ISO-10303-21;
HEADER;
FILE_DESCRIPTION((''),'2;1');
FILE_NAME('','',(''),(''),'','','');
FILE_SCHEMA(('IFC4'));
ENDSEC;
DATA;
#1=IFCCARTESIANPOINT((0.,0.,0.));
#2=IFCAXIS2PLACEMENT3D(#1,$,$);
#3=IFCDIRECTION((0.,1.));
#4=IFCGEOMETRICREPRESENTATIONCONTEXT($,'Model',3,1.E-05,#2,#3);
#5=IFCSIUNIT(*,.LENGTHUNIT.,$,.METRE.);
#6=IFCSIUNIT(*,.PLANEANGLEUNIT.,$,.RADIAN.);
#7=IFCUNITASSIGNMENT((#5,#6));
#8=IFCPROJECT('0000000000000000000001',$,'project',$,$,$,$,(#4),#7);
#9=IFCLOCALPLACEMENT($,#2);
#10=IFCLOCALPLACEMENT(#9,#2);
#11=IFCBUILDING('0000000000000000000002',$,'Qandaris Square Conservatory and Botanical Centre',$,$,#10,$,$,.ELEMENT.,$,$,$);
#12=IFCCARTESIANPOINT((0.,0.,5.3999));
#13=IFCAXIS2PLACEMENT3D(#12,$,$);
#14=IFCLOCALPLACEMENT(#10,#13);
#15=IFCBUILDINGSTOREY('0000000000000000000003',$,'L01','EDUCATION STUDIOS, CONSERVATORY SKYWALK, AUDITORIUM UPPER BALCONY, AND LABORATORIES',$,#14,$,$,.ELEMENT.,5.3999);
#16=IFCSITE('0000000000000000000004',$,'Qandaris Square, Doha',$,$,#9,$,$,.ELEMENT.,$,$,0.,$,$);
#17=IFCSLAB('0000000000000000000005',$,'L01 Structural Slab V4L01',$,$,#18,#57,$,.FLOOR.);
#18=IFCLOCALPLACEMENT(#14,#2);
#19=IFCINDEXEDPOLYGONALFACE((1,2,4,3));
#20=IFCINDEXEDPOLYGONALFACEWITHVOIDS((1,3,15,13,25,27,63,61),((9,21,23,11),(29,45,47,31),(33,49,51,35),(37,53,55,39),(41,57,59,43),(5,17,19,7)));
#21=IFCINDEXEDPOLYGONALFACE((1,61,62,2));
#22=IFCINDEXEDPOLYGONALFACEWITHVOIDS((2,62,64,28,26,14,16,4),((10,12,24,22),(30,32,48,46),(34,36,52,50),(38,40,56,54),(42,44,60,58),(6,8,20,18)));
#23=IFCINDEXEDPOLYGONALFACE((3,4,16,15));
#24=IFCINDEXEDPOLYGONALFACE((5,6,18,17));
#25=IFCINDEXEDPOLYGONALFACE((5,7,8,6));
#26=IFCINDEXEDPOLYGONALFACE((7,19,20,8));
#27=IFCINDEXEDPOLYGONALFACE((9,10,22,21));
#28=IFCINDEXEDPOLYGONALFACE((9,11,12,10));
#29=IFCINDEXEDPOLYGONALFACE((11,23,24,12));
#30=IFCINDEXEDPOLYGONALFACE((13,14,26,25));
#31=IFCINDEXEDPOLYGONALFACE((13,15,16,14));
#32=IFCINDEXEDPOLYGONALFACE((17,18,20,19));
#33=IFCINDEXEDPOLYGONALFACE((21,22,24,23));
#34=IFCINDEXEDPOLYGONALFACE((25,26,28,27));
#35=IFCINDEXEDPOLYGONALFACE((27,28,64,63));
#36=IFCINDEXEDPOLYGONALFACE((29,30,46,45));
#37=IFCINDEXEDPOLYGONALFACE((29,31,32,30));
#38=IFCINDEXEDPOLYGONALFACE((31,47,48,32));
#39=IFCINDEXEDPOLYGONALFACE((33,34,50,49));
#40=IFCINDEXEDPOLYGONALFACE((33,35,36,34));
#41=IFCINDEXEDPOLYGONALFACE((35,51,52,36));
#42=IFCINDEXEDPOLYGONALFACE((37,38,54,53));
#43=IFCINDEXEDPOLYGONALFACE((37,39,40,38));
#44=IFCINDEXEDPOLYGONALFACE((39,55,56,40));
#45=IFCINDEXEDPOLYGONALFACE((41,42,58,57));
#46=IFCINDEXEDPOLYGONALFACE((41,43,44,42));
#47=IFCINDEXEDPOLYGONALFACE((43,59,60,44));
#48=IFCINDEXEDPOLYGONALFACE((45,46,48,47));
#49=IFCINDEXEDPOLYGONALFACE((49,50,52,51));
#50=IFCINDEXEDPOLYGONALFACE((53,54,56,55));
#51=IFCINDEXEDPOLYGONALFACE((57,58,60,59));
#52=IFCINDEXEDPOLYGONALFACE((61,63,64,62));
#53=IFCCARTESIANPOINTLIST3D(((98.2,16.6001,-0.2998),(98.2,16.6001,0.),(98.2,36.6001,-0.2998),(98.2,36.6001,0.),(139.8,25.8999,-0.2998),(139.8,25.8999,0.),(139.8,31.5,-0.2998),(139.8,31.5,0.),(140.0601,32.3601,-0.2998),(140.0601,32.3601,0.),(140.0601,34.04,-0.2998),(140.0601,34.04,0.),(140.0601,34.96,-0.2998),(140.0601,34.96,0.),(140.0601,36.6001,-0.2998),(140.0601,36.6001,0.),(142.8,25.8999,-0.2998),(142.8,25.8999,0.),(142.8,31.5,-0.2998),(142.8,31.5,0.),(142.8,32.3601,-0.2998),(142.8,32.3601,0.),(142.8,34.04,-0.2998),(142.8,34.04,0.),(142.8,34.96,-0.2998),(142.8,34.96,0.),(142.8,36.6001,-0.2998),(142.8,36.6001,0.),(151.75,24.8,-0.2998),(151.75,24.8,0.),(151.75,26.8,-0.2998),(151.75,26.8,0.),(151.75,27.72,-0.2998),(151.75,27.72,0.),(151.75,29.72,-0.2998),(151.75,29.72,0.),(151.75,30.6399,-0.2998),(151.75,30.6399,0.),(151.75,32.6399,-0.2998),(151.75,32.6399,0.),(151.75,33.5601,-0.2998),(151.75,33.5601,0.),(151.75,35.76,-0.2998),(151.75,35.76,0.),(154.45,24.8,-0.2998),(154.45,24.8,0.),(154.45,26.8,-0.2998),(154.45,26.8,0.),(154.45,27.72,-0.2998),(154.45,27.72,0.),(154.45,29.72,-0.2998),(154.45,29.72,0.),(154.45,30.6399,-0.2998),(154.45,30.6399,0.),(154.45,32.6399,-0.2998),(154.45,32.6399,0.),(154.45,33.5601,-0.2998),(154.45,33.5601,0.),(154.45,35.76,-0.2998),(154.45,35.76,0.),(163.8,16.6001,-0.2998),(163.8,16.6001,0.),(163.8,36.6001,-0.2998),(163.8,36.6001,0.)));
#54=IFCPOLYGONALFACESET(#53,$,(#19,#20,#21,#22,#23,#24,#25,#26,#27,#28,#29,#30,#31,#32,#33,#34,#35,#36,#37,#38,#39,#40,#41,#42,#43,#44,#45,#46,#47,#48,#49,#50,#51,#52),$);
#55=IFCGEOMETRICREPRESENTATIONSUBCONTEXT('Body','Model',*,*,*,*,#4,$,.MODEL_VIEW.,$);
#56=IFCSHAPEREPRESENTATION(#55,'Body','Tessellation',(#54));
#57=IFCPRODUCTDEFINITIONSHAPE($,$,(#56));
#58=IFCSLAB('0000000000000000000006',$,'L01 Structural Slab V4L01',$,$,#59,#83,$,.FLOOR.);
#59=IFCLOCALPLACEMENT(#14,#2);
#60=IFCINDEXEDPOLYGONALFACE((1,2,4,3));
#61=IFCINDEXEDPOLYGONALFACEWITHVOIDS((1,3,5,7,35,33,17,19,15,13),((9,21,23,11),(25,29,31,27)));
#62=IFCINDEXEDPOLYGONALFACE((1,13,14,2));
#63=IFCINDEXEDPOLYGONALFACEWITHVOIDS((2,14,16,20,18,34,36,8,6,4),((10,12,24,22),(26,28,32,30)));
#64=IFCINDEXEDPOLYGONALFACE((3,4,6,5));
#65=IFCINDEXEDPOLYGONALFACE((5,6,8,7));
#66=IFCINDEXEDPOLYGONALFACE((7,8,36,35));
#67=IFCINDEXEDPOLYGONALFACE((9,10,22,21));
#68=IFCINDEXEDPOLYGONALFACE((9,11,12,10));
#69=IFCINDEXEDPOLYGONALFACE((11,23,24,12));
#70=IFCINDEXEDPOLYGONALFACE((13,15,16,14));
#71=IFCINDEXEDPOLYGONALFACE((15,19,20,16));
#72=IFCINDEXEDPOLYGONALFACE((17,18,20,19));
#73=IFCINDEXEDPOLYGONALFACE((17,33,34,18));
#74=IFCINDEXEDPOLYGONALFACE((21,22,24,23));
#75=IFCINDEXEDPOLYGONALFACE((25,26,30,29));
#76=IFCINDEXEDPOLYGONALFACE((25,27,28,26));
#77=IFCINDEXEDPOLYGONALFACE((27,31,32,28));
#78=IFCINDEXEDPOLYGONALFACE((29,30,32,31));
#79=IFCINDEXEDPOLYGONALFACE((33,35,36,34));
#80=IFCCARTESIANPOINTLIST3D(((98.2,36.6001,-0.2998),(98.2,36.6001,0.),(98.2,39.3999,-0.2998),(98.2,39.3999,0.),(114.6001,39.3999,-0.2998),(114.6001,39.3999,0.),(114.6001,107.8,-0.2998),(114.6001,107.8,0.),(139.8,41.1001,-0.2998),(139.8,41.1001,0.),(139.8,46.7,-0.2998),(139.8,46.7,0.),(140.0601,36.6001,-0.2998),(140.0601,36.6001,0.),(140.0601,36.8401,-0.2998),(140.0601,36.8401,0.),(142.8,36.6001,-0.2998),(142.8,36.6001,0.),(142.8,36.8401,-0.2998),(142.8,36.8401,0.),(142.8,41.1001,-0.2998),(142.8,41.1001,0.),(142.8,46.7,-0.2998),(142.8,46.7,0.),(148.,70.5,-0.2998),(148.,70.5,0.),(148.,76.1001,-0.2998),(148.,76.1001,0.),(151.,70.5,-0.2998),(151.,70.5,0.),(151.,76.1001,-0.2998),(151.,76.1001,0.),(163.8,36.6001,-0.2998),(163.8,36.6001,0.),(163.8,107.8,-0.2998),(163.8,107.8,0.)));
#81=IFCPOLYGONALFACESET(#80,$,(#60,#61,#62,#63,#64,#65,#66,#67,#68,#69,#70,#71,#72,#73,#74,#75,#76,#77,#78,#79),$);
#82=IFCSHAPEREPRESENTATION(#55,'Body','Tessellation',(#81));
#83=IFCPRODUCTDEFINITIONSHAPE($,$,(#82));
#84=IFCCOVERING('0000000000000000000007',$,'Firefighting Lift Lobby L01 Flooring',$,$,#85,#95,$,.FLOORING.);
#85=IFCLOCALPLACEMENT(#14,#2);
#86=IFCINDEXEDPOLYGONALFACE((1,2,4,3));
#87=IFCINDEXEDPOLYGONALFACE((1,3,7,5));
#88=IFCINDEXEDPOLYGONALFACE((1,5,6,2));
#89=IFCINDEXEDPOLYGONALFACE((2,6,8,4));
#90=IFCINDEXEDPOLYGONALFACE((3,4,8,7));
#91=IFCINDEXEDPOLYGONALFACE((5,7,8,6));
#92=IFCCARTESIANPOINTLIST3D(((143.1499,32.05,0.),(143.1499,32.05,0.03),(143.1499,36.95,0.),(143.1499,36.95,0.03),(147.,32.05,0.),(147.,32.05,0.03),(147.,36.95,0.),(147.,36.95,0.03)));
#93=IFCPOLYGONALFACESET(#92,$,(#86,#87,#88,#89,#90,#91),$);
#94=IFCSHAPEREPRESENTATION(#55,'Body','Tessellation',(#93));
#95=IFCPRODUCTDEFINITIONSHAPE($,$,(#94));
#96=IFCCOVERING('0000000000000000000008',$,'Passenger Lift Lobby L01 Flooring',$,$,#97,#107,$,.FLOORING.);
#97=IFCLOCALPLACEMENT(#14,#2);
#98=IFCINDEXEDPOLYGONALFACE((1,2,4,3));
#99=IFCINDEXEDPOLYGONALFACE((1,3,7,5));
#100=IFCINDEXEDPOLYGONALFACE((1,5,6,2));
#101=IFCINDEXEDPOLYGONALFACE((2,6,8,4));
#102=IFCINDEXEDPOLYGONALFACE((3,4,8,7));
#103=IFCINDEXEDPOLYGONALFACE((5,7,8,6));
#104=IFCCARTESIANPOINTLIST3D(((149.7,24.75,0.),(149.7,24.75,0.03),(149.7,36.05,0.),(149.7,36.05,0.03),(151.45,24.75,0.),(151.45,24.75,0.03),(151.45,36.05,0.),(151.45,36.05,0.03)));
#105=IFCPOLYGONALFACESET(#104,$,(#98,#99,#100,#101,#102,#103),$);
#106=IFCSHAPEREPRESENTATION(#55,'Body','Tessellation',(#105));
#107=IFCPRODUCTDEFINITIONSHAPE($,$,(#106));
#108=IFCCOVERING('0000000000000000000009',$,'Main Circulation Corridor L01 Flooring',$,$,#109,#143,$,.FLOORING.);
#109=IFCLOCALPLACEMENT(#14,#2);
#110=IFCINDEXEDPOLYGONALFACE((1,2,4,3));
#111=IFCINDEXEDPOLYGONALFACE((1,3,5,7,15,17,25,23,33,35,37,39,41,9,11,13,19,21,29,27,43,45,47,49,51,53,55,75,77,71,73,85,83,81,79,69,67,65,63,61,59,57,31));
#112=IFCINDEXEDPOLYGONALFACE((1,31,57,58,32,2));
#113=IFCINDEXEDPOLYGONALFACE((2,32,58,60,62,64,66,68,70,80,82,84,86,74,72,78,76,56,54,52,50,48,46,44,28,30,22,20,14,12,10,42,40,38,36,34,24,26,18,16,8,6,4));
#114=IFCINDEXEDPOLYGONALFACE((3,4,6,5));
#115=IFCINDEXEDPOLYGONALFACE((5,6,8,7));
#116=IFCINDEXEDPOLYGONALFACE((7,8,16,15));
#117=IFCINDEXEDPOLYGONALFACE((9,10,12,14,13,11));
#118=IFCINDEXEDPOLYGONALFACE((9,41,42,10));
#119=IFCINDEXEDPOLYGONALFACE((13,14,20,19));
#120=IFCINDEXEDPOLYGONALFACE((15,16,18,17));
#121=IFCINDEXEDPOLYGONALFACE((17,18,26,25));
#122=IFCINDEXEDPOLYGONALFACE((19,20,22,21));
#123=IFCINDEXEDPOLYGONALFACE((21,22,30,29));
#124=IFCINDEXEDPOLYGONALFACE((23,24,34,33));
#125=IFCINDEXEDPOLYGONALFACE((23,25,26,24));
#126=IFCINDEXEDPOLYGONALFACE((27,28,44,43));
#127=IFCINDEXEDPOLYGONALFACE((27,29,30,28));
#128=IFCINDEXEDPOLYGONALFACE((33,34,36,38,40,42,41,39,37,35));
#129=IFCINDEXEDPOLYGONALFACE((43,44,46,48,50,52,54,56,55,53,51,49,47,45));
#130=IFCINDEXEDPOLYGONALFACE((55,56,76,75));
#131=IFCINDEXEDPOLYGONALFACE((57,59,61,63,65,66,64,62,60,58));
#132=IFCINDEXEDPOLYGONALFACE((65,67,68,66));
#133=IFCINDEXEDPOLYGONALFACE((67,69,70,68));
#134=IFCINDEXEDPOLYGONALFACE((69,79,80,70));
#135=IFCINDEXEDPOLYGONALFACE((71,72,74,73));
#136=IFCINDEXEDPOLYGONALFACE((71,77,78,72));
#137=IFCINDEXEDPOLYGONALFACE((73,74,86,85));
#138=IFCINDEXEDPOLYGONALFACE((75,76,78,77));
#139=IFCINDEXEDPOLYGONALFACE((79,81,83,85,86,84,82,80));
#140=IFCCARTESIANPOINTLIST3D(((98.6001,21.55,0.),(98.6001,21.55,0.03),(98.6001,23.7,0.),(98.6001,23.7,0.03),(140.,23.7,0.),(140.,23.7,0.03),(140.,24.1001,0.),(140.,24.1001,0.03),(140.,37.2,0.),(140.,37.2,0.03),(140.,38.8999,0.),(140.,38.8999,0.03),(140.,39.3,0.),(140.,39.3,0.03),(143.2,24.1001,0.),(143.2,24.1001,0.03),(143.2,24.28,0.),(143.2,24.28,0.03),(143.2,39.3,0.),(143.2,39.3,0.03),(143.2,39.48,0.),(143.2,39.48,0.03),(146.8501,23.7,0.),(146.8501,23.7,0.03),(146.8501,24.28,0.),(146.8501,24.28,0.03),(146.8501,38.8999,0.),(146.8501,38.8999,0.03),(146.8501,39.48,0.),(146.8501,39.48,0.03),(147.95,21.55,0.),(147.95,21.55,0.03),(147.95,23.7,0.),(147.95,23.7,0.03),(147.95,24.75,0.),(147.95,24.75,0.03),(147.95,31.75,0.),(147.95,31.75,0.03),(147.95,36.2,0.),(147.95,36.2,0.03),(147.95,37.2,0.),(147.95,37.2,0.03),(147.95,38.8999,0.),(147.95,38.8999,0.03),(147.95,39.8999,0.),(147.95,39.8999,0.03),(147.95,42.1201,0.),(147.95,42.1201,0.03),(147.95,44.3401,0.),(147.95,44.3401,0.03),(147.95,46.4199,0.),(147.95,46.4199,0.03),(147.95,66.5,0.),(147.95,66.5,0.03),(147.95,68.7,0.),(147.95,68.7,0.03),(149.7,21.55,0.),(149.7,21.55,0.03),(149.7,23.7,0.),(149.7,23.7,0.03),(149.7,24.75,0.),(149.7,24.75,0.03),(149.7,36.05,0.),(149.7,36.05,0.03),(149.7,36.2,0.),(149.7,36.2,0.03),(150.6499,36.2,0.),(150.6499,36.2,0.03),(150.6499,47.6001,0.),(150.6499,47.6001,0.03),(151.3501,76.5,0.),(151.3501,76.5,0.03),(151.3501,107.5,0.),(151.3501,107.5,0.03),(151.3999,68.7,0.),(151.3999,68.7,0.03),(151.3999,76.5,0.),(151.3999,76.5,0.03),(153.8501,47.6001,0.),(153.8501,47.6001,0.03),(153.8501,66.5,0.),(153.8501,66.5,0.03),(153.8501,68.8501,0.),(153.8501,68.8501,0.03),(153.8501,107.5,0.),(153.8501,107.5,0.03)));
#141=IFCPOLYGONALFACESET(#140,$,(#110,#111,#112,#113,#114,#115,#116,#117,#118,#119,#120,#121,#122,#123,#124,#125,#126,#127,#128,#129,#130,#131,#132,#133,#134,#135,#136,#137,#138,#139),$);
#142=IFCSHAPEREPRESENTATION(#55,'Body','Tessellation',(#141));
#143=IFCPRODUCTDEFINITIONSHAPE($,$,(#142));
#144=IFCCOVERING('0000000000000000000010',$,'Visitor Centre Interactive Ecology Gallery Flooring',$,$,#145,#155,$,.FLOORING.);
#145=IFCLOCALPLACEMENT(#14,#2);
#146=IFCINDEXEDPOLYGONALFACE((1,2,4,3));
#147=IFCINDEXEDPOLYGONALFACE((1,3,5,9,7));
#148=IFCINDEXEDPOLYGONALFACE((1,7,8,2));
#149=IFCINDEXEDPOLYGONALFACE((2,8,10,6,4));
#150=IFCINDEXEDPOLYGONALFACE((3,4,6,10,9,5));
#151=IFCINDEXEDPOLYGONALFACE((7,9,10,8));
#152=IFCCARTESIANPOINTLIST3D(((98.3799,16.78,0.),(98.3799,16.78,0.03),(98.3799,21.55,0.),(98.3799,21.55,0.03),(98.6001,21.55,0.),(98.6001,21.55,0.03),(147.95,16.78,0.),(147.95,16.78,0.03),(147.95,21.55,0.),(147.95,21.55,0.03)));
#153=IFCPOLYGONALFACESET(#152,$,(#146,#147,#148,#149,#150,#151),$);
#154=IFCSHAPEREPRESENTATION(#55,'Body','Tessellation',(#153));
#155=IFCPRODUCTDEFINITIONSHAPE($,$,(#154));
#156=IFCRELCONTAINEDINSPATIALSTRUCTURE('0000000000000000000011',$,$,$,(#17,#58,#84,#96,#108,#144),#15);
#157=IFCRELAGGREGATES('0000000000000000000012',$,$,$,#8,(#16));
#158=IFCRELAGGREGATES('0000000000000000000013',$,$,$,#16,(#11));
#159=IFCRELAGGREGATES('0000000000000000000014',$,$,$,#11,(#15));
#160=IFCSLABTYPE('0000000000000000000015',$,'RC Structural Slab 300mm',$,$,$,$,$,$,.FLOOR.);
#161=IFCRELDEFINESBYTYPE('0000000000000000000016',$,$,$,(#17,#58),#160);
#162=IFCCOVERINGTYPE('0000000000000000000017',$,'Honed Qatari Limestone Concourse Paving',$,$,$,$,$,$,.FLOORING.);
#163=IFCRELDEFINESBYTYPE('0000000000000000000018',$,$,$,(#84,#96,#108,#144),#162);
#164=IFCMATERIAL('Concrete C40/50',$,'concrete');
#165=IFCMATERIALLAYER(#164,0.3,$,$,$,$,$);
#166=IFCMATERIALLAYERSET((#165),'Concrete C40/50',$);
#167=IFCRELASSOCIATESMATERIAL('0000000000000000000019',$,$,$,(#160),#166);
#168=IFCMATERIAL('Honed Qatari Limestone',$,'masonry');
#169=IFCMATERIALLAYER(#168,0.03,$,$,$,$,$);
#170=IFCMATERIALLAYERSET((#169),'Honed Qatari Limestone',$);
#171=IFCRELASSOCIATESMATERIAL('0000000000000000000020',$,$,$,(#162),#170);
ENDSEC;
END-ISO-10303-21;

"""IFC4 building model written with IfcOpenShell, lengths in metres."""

from ifc_helpers import new_model, si_unit, direction, frame, origin, place, context, subcontext, project, spatial, polyline, outline, extrude, material, layer, layer_set, type_object, element, save


model = new_model("IFC4")

# Units and contexts
model_context = context("Model", 3, precision=1e-05, world=origin(), true_north=direction((0.0, 1.0)))
body_context = subcontext(model_context, "Body", "Model", "MODEL_VIEW")
ifc_project = project(units=[si_unit("LENGTHUNIT", "METRE"), si_unit("PLANEANGLEUNIT", "RADIAN")], contexts=[model_context])

# Site, building, storey
site_placement = place(None, origin())
site = spatial("IfcSite", under=ifc_project, at=site_placement, Name="Qandaris Square, Doha", CompositionType="ELEMENT", RefElevation=0.0)
building_placement = place(site_placement, origin())
building = spatial("IfcBuilding", under=site, at=building_placement, Name="Qandaris Square Conservatory and Botanical Centre", CompositionType="ELEMENT")
storey_placement = place(building_placement, frame((0.0, 0.0, 5.3999)))
storey = spatial("IfcBuildingStorey", under=building, at=storey_placement, Name="L01", Description="EDUCATION STUDIOS, CONSERVATORY SKYWALK, AUDITORIUM UPPER BALCONY, AND LABORATORIES", CompositionType="ELEMENT", Elevation=5.3999)

# Slabs
ifc_material_1 = material(Name="Concrete C40/50", Category="concrete")
ifc_layer_1 = layer(ifc_material_1, 0.3)
ifc_layer_set_1 = layer_set([ifc_layer_1], Name="Concrete C40/50")
slab_type_1 = type_object("IfcSlabType", Name="RC Structural Slab 300mm", PredefinedType="FLOOR", material=ifc_layer_set_1)
slab_1_placement = place(storey_placement, frame((0.0, 0.0, -0.2998)))
element("IfcSlab", 1, at=slab_1_placement, inside=storey, type_object=slab_type_1, Name="L01 Structural Slab V4L01", PredefinedType="FLOOR", context=body_context, shape_type="SweptSolid", body=[
    extrude(outline(polyline([(163.8, 16.6001), (98.2, 16.6001), (98.2, 36.6001), (140.0601, 36.6001), (140.0601, 34.96), (142.8, 34.96), (142.8, 36.6001), (163.8, 36.6001), (163.8, 16.6001)]), holes=[polyline([(139.8, 25.8999), (142.8, 25.8999), (142.8, 31.5), (139.8, 31.5), (139.8, 25.8999)]), polyline([(140.0601, 34.04), (140.0601, 32.3601), (142.8, 32.3601), (142.8, 34.04), (140.0601, 34.04)]), polyline([(151.75, 26.8), (151.75, 24.8), (154.45, 24.8), (154.45, 26.8), (151.75, 26.8)]), polyline([(151.75, 29.72), (151.75, 27.72), (154.45, 27.72), (154.45, 29.72), (151.75, 29.72)]), polyline([(151.75, 32.6399), (151.75, 30.6399), (154.45, 30.6399), (154.45, 32.6399), (151.75, 32.6399)]), polyline([(151.75, 35.76), (151.75, 33.5601), (154.45, 33.5601), (154.45, 35.76), (151.75, 35.76)])]), origin(), (0.0, 0.0, 1.0), 0.2998),
])
slab_2_placement = place(storey_placement, frame((0.0, 0.0, -0.2998)))
element("IfcSlab", 2, at=slab_2_placement, inside=storey, type_object=slab_type_1, Name="L01 Structural Slab V4L01", PredefinedType="FLOOR", context=body_context, shape_type="SweptSolid", body=[
    extrude(outline(polyline([(114.6001, 39.3999), (114.6001, 107.8), (163.8, 107.8), (163.8, 36.6001), (142.8, 36.6001), (142.8, 36.8401), (140.0601, 36.8401), (140.0601, 36.6001), (98.2, 36.6001), (98.2, 39.3999), (114.6001, 39.3999)]), holes=[polyline([(139.8, 41.1001), (142.8, 41.1001), (142.8, 46.7), (139.8, 46.7), (139.8, 41.1001)]), polyline([(148.0, 76.1001), (148.0, 70.5), (151.0, 70.5), (151.0, 76.1001), (148.0, 76.1001)])]), origin(), (0.0, 0.0, 1.0), 0.2998),
])

# Coverings
ifc_material_2 = material(Name="Honed Qatari Limestone", Category="masonry")
ifc_layer_2 = layer(ifc_material_2, 0.03)
ifc_layer_set_2 = layer_set([ifc_layer_2], Name="Honed Qatari Limestone")
covering_type_1 = type_object("IfcCoveringType", Name="Honed Qatari Limestone Concourse Paving", PredefinedType="FLOORING", material=ifc_layer_set_2)
covering_1_placement = place(storey_placement, origin())
element("IfcCovering", 3, at=covering_1_placement, inside=storey, type_object=covering_type_1, Name="Firefighting Lift Lobby L01 Flooring", PredefinedType="FLOORING", context=body_context, shape_type="SweptSolid", body=[
    extrude(outline(polyline([(143.1499, 36.95), (147.0, 36.95), (147.0, 32.05), (143.1499, 32.05), (143.1499, 36.95)])), origin(), (0.0, 0.0, 1.0), 0.03),
])
covering_2_placement = place(storey_placement, origin())
element("IfcCovering", 4, at=covering_2_placement, inside=storey, type_object=covering_type_1, Name="Passenger Lift Lobby L01 Flooring", PredefinedType="FLOORING", context=body_context, shape_type="SweptSolid", body=[
    extrude(outline(polyline([(149.7, 36.05), (151.45, 36.05), (151.45, 24.75), (149.7, 24.75), (149.7, 36.05)])), origin(), (0.0, 0.0, 1.0), 0.03),
])
covering_3_placement = place(storey_placement, origin())
element("IfcCovering", 5, at=covering_3_placement, inside=storey, type_object=covering_type_1, Name="Main Circulation Corridor L01 Flooring", PredefinedType="FLOORING", context=body_context, shape_type="SweptSolid", body=[
    extrude(outline(polyline([(140.0, 24.1001), (143.2, 24.1001), (143.2, 24.28), (146.8501, 24.28), (146.8501, 23.7), (147.95, 23.7), (147.95, 24.75), (147.95, 31.75), (147.95, 36.2), (147.95, 37.2), (140.0, 37.2), (140.0, 38.8999), (140.0, 39.3), (143.2, 39.3), (143.2, 39.48), (146.8501, 39.48), (146.8501, 38.8999), (147.95, 38.8999), (147.95, 39.8999), (147.95, 42.1201), (147.95, 44.3401), (147.95, 46.4199), (147.95, 66.5), (147.95, 68.7), (151.3999, 68.7), (151.3999, 76.5), (151.3501, 76.5), (151.3501, 107.5), (153.8501, 107.5), (153.8501, 68.8501), (153.8501, 66.5), (153.8501, 47.6001), (150.6499, 47.6001), (150.6499, 36.2), (149.7, 36.2), (149.7, 36.05), (149.7, 24.75), (149.7, 23.7), (149.7, 21.55), (147.95, 21.55), (98.6001, 21.55), (98.6001, 23.7), (140.0, 23.7), (140.0, 24.1001)])), origin(), (0.0, 0.0, 1.0), 0.03),
])
covering_4_placement = place(storey_placement, origin())
element("IfcCovering", 6, at=covering_4_placement, inside=storey, type_object=covering_type_1, Name="Visitor Centre Interactive Ecology Gallery Flooring", PredefinedType="FLOORING", context=body_context, shape_type="SweptSolid", body=[
    extrude(outline(polyline([(98.6001, 21.55), (147.95, 21.55), (147.95, 16.78), (98.3799, 16.78), (98.3799, 21.55), (98.6001, 21.55)])), origin(), (0.0, 0.0, 1.0), 0.03),
])

save(model, "model.ifc")
